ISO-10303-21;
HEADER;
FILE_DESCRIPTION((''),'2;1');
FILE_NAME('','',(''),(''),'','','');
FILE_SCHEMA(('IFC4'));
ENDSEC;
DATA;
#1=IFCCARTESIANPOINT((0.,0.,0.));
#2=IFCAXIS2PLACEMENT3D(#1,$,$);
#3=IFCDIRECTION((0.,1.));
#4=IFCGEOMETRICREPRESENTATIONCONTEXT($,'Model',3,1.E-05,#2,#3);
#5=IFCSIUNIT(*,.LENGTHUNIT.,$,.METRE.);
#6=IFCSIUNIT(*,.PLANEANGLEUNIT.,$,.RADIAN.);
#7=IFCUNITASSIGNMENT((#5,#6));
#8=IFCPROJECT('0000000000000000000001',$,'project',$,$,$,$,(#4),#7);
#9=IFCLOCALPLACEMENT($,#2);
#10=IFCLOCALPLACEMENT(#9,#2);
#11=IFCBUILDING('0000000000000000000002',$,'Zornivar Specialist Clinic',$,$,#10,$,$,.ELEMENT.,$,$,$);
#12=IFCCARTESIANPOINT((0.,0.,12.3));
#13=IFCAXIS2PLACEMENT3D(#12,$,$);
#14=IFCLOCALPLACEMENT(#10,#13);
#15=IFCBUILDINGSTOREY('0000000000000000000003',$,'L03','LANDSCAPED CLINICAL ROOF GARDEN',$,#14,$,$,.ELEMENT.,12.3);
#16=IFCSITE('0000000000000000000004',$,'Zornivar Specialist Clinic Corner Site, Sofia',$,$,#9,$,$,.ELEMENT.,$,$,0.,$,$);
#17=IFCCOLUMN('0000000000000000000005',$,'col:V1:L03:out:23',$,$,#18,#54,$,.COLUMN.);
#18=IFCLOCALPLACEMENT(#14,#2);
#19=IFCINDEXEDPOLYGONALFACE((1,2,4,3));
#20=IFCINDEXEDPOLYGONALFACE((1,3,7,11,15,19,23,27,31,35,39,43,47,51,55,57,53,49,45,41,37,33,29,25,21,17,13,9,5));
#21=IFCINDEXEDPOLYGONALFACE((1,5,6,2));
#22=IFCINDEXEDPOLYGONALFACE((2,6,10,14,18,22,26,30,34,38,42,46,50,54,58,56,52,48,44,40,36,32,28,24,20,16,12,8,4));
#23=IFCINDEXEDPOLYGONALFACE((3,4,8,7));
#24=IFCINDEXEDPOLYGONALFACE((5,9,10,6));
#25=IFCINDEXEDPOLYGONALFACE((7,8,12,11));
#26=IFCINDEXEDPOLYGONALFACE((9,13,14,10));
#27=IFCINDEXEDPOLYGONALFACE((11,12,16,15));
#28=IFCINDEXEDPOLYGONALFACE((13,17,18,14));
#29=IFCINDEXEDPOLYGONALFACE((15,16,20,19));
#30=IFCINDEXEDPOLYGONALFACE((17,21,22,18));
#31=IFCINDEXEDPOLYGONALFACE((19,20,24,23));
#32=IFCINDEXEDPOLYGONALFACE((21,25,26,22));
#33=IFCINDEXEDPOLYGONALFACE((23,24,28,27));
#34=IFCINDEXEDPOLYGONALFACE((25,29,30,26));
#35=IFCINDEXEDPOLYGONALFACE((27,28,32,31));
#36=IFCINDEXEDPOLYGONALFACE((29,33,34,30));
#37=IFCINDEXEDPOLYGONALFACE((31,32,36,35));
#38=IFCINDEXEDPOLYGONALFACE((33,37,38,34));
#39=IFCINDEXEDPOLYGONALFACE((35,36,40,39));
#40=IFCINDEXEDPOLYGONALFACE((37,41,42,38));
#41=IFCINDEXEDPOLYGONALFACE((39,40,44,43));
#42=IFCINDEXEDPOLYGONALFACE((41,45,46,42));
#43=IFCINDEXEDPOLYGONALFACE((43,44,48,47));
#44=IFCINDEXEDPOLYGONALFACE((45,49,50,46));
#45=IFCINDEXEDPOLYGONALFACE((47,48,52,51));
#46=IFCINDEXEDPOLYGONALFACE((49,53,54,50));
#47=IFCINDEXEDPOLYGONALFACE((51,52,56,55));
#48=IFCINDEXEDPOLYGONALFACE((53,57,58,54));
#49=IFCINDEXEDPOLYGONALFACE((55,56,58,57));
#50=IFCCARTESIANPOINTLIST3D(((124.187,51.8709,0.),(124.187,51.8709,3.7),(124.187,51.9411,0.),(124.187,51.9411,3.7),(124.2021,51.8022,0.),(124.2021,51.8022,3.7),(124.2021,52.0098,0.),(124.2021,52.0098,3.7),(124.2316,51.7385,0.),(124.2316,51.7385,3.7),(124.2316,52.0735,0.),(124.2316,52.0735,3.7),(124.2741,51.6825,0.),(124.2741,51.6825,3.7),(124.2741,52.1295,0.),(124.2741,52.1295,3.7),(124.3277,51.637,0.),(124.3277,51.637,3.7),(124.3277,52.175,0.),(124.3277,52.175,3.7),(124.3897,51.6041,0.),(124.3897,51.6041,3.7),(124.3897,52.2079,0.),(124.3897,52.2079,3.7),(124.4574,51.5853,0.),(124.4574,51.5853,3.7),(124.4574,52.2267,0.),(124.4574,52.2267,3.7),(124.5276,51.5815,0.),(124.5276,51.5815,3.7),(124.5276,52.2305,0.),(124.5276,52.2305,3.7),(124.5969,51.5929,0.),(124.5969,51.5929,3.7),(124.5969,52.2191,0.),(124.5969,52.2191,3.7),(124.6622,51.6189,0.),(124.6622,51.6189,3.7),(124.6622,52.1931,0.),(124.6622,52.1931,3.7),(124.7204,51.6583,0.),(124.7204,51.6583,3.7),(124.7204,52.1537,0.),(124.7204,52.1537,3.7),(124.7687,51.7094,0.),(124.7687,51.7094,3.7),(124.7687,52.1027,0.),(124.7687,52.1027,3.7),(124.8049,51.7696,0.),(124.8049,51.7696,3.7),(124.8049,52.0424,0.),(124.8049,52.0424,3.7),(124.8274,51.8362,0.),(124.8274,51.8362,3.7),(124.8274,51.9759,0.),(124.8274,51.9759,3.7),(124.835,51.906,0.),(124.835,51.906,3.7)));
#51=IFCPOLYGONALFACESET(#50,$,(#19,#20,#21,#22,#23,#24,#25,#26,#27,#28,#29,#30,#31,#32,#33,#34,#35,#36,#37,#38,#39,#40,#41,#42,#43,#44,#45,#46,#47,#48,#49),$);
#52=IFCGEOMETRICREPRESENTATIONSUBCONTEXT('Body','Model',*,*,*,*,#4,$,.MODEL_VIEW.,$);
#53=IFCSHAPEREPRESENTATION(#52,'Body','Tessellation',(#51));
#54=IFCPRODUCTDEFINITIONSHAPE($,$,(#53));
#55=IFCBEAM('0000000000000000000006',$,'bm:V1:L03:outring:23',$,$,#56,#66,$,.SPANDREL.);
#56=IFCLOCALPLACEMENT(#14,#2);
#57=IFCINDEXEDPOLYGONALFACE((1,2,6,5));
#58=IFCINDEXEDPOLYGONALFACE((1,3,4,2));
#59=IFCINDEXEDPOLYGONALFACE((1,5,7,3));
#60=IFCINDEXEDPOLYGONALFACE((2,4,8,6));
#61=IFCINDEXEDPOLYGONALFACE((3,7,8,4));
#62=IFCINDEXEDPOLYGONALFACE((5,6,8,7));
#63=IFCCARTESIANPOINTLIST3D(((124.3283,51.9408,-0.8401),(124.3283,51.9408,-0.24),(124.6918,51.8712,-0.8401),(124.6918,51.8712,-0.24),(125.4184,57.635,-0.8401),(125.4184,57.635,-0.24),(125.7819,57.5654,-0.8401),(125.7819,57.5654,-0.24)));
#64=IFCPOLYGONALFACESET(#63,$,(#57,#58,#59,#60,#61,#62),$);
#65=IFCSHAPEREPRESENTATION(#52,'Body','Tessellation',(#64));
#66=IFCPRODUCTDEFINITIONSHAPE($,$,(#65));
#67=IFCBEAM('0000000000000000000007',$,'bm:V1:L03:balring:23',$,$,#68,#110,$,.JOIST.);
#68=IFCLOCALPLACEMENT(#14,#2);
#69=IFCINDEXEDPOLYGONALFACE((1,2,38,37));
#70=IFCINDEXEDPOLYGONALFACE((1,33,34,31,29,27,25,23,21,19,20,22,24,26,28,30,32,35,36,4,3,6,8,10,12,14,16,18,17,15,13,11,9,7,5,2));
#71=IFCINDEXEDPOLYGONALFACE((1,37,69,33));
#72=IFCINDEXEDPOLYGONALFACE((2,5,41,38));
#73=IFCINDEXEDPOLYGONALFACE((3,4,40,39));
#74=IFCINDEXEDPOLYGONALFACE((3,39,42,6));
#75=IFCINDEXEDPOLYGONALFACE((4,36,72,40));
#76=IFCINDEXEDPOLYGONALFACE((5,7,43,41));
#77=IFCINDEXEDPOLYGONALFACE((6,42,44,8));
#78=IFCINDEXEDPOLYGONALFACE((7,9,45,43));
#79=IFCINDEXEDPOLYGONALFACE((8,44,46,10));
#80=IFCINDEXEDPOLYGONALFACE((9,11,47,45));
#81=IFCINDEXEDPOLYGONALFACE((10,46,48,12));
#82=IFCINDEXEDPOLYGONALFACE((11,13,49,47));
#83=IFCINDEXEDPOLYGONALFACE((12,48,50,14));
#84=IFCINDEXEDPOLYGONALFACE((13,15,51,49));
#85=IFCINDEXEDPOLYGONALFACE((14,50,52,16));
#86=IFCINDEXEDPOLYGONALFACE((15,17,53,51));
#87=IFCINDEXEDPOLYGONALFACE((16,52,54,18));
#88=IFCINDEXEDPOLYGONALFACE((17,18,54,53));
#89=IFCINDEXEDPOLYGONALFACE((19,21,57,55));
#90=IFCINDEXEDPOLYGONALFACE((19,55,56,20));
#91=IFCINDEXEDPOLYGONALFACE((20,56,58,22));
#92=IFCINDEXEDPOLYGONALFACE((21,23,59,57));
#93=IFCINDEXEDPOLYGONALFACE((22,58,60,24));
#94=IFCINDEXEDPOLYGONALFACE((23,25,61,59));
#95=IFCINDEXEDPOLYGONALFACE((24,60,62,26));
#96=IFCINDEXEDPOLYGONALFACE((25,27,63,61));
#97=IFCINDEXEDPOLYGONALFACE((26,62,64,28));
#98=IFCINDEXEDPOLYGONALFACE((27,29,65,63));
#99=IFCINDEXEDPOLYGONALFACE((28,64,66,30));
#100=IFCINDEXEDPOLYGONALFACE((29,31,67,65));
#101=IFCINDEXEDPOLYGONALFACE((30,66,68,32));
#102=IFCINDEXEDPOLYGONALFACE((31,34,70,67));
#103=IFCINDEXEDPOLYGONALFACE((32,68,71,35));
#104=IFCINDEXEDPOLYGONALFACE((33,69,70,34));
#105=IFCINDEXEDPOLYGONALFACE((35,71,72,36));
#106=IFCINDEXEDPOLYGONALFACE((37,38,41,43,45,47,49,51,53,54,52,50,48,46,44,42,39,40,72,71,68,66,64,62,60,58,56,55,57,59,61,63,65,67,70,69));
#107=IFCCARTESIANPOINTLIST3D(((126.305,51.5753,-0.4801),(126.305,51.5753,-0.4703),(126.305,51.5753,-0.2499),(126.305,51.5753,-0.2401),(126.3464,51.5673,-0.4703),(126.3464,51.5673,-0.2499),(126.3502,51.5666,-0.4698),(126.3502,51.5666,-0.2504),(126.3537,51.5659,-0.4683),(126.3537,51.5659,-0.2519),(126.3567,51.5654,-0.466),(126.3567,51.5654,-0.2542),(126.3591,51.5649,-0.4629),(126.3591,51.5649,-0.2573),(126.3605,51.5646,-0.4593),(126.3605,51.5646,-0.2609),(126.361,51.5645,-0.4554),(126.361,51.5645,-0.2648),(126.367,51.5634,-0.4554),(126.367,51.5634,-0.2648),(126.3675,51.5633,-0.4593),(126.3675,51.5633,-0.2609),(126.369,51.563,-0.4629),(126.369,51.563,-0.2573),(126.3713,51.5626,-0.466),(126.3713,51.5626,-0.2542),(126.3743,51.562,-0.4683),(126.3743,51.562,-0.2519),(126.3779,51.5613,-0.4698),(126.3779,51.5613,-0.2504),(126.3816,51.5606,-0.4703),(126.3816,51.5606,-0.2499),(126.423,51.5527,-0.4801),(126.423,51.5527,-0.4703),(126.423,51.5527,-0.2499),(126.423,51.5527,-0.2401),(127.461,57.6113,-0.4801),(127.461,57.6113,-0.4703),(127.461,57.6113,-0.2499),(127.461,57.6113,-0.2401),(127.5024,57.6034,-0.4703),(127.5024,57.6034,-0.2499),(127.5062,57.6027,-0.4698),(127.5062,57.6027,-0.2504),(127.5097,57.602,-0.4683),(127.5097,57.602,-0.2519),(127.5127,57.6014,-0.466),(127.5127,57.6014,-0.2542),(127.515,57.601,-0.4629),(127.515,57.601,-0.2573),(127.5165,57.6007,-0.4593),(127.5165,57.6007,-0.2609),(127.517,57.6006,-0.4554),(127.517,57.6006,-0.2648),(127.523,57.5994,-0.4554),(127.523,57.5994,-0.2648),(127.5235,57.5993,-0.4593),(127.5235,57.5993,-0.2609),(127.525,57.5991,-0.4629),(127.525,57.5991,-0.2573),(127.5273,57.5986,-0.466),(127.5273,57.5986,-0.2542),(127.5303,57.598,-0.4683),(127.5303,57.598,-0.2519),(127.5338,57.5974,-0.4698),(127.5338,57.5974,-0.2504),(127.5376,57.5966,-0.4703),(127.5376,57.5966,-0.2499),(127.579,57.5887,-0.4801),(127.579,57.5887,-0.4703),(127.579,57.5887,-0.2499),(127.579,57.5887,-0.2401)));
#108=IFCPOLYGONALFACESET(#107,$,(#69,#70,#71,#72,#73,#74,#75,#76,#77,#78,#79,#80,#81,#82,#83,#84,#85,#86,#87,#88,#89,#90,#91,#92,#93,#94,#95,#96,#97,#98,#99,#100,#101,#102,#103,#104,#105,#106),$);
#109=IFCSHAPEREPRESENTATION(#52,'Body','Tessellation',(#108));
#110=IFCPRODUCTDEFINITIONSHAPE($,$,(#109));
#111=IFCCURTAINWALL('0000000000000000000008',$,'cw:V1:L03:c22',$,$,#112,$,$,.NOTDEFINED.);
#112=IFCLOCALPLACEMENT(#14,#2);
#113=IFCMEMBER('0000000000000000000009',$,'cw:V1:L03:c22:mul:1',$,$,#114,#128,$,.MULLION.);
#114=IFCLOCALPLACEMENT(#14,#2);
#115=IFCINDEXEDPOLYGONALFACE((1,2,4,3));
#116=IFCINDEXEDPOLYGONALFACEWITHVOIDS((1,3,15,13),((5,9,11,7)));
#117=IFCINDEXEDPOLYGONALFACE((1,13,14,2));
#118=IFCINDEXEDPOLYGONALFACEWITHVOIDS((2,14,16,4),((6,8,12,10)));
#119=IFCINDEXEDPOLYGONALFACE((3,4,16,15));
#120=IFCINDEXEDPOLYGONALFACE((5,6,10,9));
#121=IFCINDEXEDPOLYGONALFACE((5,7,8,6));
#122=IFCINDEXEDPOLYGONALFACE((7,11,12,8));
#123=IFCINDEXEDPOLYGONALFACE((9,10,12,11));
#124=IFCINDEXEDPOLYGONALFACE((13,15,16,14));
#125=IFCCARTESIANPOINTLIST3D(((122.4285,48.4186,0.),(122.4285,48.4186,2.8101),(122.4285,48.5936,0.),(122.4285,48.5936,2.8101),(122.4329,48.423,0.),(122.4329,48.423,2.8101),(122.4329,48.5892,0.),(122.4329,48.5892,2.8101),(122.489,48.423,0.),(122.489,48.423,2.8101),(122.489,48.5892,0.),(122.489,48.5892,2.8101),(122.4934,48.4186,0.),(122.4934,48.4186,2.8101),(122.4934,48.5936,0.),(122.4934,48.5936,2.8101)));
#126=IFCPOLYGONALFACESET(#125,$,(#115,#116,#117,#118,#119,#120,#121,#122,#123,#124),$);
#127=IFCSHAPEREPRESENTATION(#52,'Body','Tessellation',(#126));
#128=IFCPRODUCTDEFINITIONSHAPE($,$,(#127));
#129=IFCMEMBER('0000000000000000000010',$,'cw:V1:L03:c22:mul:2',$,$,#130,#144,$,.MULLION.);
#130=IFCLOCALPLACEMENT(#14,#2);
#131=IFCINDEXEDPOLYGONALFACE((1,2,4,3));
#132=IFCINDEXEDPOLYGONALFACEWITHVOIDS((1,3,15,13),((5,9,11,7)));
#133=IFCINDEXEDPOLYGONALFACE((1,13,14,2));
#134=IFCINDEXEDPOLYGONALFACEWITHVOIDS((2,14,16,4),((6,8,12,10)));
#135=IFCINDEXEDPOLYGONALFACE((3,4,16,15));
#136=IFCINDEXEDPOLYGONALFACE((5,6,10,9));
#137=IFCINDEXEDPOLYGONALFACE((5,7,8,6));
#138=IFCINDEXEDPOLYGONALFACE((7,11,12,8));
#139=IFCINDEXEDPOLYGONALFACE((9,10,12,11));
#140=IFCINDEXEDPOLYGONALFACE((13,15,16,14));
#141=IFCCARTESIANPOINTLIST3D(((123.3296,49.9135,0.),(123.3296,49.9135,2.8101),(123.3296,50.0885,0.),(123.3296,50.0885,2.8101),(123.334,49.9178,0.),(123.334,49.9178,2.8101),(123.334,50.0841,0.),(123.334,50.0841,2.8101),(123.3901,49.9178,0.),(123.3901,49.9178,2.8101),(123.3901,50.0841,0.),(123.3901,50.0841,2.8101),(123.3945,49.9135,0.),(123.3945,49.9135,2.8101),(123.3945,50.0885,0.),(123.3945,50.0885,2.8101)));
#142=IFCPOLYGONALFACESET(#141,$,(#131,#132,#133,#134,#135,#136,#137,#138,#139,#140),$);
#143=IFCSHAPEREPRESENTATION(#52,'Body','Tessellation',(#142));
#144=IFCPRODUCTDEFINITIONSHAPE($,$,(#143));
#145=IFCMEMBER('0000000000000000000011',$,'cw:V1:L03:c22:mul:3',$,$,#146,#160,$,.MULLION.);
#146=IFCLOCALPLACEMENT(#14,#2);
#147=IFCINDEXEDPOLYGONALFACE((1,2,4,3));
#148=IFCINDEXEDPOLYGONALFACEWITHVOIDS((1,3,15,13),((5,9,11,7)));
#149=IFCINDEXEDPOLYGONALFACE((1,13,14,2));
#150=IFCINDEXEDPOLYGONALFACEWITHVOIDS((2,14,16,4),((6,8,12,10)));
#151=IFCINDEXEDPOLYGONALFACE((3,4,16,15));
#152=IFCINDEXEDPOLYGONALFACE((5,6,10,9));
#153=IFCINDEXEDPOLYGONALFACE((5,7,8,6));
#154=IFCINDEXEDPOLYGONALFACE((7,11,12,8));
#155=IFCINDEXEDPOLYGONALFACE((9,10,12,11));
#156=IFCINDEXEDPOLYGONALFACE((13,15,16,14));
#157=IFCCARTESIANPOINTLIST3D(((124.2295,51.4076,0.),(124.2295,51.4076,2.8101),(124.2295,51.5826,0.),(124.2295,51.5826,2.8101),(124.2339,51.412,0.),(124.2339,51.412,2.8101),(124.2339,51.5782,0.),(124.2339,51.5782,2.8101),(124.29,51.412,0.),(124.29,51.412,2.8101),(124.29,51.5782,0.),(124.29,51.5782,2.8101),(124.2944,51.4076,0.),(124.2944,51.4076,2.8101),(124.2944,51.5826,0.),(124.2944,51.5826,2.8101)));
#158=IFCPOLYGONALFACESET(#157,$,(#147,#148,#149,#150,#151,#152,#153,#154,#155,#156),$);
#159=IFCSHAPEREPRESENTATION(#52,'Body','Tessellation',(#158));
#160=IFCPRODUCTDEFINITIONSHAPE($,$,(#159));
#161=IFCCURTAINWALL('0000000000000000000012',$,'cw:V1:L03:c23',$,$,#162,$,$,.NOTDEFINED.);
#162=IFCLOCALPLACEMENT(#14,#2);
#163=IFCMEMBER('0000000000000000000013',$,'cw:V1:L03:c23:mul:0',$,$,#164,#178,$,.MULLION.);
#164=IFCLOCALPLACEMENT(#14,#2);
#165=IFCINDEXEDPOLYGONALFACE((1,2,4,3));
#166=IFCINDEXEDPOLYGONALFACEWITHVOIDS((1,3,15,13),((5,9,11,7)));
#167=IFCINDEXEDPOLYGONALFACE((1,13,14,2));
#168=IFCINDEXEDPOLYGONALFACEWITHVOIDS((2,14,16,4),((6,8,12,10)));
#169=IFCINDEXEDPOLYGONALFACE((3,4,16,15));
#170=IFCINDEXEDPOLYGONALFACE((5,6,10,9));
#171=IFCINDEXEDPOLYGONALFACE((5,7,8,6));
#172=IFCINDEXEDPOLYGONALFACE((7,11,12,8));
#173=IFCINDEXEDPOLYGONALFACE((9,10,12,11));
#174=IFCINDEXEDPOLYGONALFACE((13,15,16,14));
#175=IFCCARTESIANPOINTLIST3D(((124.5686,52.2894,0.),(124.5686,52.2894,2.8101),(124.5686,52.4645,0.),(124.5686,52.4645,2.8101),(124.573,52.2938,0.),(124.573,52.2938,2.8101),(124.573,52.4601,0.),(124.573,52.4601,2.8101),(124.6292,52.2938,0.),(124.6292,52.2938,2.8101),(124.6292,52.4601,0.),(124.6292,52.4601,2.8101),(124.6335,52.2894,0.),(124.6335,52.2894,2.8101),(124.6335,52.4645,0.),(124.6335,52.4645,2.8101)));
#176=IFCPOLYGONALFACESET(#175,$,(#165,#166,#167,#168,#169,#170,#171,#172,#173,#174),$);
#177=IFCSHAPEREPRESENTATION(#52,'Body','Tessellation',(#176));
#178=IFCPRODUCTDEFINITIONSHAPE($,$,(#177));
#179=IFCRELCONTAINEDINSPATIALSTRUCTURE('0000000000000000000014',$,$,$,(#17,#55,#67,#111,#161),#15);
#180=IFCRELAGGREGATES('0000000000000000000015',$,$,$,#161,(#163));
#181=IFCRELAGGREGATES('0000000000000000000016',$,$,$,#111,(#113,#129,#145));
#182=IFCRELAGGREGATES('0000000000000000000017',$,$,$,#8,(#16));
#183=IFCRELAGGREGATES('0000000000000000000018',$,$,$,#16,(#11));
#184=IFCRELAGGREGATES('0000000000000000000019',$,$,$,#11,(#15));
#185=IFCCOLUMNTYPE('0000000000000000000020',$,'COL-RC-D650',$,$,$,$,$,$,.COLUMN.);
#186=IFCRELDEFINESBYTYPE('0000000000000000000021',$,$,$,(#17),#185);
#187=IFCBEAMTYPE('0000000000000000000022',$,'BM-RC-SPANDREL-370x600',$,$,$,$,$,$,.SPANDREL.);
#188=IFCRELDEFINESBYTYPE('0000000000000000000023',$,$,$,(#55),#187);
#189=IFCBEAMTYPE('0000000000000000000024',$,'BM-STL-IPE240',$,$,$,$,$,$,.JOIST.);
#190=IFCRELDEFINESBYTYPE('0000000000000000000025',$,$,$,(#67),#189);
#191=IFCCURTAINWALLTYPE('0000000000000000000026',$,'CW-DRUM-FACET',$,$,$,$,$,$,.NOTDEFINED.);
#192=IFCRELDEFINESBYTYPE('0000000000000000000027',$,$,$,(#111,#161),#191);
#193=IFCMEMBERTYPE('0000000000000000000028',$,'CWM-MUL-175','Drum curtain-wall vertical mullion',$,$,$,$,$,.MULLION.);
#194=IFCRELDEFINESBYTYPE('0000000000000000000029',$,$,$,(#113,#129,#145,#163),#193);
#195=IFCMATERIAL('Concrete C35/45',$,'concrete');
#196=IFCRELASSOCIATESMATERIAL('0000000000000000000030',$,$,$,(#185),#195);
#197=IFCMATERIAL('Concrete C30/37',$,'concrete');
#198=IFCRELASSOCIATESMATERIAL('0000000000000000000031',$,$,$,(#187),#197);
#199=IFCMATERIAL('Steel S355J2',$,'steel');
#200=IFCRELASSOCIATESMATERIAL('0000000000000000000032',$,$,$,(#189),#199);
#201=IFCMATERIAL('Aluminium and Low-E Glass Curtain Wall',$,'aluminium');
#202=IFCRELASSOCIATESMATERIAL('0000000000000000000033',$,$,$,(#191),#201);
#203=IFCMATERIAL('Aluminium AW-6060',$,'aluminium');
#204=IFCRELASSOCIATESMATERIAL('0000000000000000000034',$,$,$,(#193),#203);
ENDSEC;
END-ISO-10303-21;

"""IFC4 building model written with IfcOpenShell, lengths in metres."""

from ifc_helpers import new_model, si_unit, direction, frame, origin, origin_2d, place, context, subcontext, project, spatial, rectangle, hollow_rectangle, circle, i_section, extrude, material, material_profile, profile_set, type_object, element, aggregate, save


model = new_model("IFC4")

# Units and contexts
model_context = context("Model", 3, precision=1e-05, world=origin(), true_north=direction((0.0, 1.0)))
body_context = subcontext(model_context, "Body", "Model", "MODEL_VIEW")
ifc_project = project(units=[si_unit("LENGTHUNIT", "METRE"), si_unit("PLANEANGLEUNIT", "RADIAN")], contexts=[model_context])

# Site, building, storey
site_placement = place(None, origin())
site = spatial("IfcSite", under=ifc_project, at=site_placement, Name="Zornivar Specialist Clinic Corner Site, Sofia", CompositionType="ELEMENT", RefElevation=0.0)
building_placement = place(site_placement, origin())
building = spatial("IfcBuilding", under=site, at=building_placement, Name="Zornivar Specialist Clinic", CompositionType="ELEMENT")
storey_placement = place(building_placement, frame((0.0, 0.0, 12.3)))
storey = spatial("IfcBuildingStorey", under=building, at=storey_placement, Name="L03", Description="LANDSCAPED CLINICAL ROOF GARDEN", CompositionType="ELEMENT", Elevation=12.3)

# Column
ifc_material_1 = material(Name="Concrete C35/45", Category="concrete")
ifc_material_profile_1 = material_profile(ifc_material_1, circle(Radius=0.325, at=origin_2d()), Name="RC D650")
ifc_profile_set_1 = profile_set([ifc_material_profile_1], Name="Concrete C35/45")
column_type = type_object("IfcColumnType", Name="COL-RC-D650", PredefinedType="COLUMN", material=ifc_profile_set_1)
column_placement = place(storey_placement, frame((124.51, 51.906, 0.0), z_axis=(0.0, 0.0, 1.0), x_axis=(1.0, 0.0, 0.0)))
element("IfcColumn", 1, at=column_placement, inside=storey, type_object=column_type, Name="col:V1:L03:out:23", PredefinedType="COLUMN", context=body_context, shape_type="SweptSolid", body=[
    extrude(circle(Radius=0.325, at=origin_2d()), origin(), (0.0, 0.0, 1.0), 3.7),
])

# Beams
ifc_material_2 = material(Name="Concrete C30/37", Category="concrete")
ifc_material_profile_2 = material_profile(ifc_material_2, rectangle(XDim=0.3701, YDim=0.6001, at=origin_2d()), Name="RC 370x600")
ifc_profile_set_2 = profile_set([ifc_material_profile_2], Name="Concrete C30/37")
beam_type_1 = type_object("IfcBeamType", Name="BM-RC-SPANDREL-370x600", PredefinedType="SPANDREL", material=ifc_profile_set_2)
beam_1_placement = place(storey_placement, frame((124.51, 51.906, -0.54), z_axis=(0.188027, 0.982164, 0.0), x_axis=(-0.982164, 0.188027, 0.0)))
element("IfcBeam", 2, at=beam_1_placement, inside=storey, type_object=beam_type_1, Name="bm:V1:L03:outring:23", PredefinedType="SPANDREL", context=body_context, shape_type="SweptSolid", body=[
    extrude(rectangle(XDim=0.3701, YDim=0.6001, at=origin_2d()), origin(), (0.0, 0.0, 1.0), 5.7976),
])
ifc_material_3 = material(Name="Steel S355J2", Category="steel")
ifc_material_profile_3 = material_profile(ifc_material_3, i_section(OverallWidth=0.1201, OverallDepth=0.24, WebThickness=0.0061, FlangeThickness=0.0098, FilletRadius=0.0149, at=origin_2d()), Name="IPE 240")
ifc_profile_set_3 = profile_set([ifc_material_profile_3], Name="Steel S355J2")
beam_type_2 = type_object("IfcBeamType", Name="BM-STL-IPE240", PredefinedType="JOIST", material=ifc_profile_set_3)
beam_2_placement = place(storey_placement, frame((126.364, 51.564, -0.3601), z_axis=(0.188096, 0.982151, 0.0), x_axis=(-0.982151, 0.188096, 0.0)))
element("IfcBeam", 3, at=beam_2_placement, inside=storey, type_object=beam_type_2, Name="bm:V1:L03:balring:23", PredefinedType="JOIST", context=body_context, shape_type="SweptSolid", body=[
    extrude(i_section(OverallWidth=0.1201, OverallDepth=0.24, WebThickness=0.0061, FlangeThickness=0.0098, FilletRadius=0.0149, at=origin_2d()), origin(), (0.0, 0.0, 1.0), 6.1458),
])

# Curtain wall, members
ifc_material_4 = material(Name="Aluminium and Low-E Glass Curtain Wall", Category="aluminium")
curtain_wall_type = type_object("IfcCurtainWallType", Name="CW-DRUM-FACET", PredefinedType="NOTDEFINED", material=ifc_material_4)
curtain_wall_1_placement = place(storey_placement, origin())
curtain_wall_1 = element("IfcCurtainWall", 4, at=curtain_wall_1_placement, inside=storey, type_object=curtain_wall_type, Name="cw:V1:L03:c22", PredefinedType="NOTDEFINED")
ifc_material_5 = material(Name="Aluminium AW-6060", Category="aluminium")
ifc_material_profile_4 = material_profile(ifc_material_5, hollow_rectangle(XDim=0.0649, YDim=0.175, WallThickness=0.0044, at=origin_2d()), Name="ALU 65x175x4.5")
ifc_profile_set_4 = profile_set([ifc_material_profile_4], Name="Aluminium AW-6060")
member_type_1 = type_object("IfcMemberType", Name="CWM-MUL-175", Description="Drum curtain-wall vertical mullion", PredefinedType="MULLION", material=ifc_profile_set_4)
member_1_placement = place(storey_placement, frame((122.4609, 48.5061, 0.0), z_axis=(0.0, 0.0, 1.0), x_axis=(1.0, 0.0, 0.0)))
member_1 = element("IfcMember", 5, at=member_1_placement, type_object=member_type_1, Name="cw:V1:L03:c22:mul:1", PredefinedType="MULLION", context=body_context, shape_type="SweptSolid", body=[
    extrude(hollow_rectangle(XDim=0.0649, YDim=0.175, WallThickness=0.0044, at=origin_2d()), origin(), (0.0, 0.0, 1.0), 2.8101),
])
member_2_placement = place(storey_placement, frame((123.3621, 50.001, 0.0), z_axis=(0.0, 0.0, 1.0), x_axis=(1.0, 0.0, 0.0)))
member_2 = element("IfcMember", 6, at=member_2_placement, type_object=member_type_1, Name="cw:V1:L03:c22:mul:2", PredefinedType="MULLION", context=body_context, shape_type="SweptSolid", body=[
    extrude(hollow_rectangle(XDim=0.0649, YDim=0.175, WallThickness=0.0044, at=origin_2d()), origin(), (0.0, 0.0, 1.0), 2.8101),
])
member_3_placement = place(storey_placement, frame((124.262, 51.4951, 0.0), z_axis=(0.0, 0.0, 1.0), x_axis=(1.0, 0.0, 0.0)))
member_3 = element("IfcMember", 7, at=member_3_placement, type_object=member_type_1, Name="cw:V1:L03:c22:mul:3", PredefinedType="MULLION", context=body_context, shape_type="SweptSolid", body=[
    extrude(hollow_rectangle(XDim=0.0649, YDim=0.175, WallThickness=0.0044, at=origin_2d()), origin(), (0.0, 0.0, 1.0), 2.8101),
])

# Curtain wall, member
curtain_wall_2_placement = place(storey_placement, origin())
curtain_wall_2 = element("IfcCurtainWall", 8, at=curtain_wall_2_placement, inside=storey, type_object=curtain_wall_type, Name="cw:V1:L03:c23", PredefinedType="NOTDEFINED")
member_4_placement = place(storey_placement, frame((124.6011, 52.377, 0.0), z_axis=(0.0, 0.0, 1.0), x_axis=(1.0, 0.0, 0.0)))
member_4 = element("IfcMember", 9, at=member_4_placement, type_object=member_type_1, Name="cw:V1:L03:c23:mul:0", PredefinedType="MULLION", context=body_context, shape_type="SweptSolid", body=[
    extrude(hollow_rectangle(XDim=0.0649, YDim=0.175, WallThickness=0.0044, at=origin_2d()), origin(), (0.0, 0.0, 1.0), 2.8101),
])

aggregate(curtain_wall_2, [member_4])

aggregate(curtain_wall_1, [member_1, member_2, member_3])

save(model, "model.ifc")
